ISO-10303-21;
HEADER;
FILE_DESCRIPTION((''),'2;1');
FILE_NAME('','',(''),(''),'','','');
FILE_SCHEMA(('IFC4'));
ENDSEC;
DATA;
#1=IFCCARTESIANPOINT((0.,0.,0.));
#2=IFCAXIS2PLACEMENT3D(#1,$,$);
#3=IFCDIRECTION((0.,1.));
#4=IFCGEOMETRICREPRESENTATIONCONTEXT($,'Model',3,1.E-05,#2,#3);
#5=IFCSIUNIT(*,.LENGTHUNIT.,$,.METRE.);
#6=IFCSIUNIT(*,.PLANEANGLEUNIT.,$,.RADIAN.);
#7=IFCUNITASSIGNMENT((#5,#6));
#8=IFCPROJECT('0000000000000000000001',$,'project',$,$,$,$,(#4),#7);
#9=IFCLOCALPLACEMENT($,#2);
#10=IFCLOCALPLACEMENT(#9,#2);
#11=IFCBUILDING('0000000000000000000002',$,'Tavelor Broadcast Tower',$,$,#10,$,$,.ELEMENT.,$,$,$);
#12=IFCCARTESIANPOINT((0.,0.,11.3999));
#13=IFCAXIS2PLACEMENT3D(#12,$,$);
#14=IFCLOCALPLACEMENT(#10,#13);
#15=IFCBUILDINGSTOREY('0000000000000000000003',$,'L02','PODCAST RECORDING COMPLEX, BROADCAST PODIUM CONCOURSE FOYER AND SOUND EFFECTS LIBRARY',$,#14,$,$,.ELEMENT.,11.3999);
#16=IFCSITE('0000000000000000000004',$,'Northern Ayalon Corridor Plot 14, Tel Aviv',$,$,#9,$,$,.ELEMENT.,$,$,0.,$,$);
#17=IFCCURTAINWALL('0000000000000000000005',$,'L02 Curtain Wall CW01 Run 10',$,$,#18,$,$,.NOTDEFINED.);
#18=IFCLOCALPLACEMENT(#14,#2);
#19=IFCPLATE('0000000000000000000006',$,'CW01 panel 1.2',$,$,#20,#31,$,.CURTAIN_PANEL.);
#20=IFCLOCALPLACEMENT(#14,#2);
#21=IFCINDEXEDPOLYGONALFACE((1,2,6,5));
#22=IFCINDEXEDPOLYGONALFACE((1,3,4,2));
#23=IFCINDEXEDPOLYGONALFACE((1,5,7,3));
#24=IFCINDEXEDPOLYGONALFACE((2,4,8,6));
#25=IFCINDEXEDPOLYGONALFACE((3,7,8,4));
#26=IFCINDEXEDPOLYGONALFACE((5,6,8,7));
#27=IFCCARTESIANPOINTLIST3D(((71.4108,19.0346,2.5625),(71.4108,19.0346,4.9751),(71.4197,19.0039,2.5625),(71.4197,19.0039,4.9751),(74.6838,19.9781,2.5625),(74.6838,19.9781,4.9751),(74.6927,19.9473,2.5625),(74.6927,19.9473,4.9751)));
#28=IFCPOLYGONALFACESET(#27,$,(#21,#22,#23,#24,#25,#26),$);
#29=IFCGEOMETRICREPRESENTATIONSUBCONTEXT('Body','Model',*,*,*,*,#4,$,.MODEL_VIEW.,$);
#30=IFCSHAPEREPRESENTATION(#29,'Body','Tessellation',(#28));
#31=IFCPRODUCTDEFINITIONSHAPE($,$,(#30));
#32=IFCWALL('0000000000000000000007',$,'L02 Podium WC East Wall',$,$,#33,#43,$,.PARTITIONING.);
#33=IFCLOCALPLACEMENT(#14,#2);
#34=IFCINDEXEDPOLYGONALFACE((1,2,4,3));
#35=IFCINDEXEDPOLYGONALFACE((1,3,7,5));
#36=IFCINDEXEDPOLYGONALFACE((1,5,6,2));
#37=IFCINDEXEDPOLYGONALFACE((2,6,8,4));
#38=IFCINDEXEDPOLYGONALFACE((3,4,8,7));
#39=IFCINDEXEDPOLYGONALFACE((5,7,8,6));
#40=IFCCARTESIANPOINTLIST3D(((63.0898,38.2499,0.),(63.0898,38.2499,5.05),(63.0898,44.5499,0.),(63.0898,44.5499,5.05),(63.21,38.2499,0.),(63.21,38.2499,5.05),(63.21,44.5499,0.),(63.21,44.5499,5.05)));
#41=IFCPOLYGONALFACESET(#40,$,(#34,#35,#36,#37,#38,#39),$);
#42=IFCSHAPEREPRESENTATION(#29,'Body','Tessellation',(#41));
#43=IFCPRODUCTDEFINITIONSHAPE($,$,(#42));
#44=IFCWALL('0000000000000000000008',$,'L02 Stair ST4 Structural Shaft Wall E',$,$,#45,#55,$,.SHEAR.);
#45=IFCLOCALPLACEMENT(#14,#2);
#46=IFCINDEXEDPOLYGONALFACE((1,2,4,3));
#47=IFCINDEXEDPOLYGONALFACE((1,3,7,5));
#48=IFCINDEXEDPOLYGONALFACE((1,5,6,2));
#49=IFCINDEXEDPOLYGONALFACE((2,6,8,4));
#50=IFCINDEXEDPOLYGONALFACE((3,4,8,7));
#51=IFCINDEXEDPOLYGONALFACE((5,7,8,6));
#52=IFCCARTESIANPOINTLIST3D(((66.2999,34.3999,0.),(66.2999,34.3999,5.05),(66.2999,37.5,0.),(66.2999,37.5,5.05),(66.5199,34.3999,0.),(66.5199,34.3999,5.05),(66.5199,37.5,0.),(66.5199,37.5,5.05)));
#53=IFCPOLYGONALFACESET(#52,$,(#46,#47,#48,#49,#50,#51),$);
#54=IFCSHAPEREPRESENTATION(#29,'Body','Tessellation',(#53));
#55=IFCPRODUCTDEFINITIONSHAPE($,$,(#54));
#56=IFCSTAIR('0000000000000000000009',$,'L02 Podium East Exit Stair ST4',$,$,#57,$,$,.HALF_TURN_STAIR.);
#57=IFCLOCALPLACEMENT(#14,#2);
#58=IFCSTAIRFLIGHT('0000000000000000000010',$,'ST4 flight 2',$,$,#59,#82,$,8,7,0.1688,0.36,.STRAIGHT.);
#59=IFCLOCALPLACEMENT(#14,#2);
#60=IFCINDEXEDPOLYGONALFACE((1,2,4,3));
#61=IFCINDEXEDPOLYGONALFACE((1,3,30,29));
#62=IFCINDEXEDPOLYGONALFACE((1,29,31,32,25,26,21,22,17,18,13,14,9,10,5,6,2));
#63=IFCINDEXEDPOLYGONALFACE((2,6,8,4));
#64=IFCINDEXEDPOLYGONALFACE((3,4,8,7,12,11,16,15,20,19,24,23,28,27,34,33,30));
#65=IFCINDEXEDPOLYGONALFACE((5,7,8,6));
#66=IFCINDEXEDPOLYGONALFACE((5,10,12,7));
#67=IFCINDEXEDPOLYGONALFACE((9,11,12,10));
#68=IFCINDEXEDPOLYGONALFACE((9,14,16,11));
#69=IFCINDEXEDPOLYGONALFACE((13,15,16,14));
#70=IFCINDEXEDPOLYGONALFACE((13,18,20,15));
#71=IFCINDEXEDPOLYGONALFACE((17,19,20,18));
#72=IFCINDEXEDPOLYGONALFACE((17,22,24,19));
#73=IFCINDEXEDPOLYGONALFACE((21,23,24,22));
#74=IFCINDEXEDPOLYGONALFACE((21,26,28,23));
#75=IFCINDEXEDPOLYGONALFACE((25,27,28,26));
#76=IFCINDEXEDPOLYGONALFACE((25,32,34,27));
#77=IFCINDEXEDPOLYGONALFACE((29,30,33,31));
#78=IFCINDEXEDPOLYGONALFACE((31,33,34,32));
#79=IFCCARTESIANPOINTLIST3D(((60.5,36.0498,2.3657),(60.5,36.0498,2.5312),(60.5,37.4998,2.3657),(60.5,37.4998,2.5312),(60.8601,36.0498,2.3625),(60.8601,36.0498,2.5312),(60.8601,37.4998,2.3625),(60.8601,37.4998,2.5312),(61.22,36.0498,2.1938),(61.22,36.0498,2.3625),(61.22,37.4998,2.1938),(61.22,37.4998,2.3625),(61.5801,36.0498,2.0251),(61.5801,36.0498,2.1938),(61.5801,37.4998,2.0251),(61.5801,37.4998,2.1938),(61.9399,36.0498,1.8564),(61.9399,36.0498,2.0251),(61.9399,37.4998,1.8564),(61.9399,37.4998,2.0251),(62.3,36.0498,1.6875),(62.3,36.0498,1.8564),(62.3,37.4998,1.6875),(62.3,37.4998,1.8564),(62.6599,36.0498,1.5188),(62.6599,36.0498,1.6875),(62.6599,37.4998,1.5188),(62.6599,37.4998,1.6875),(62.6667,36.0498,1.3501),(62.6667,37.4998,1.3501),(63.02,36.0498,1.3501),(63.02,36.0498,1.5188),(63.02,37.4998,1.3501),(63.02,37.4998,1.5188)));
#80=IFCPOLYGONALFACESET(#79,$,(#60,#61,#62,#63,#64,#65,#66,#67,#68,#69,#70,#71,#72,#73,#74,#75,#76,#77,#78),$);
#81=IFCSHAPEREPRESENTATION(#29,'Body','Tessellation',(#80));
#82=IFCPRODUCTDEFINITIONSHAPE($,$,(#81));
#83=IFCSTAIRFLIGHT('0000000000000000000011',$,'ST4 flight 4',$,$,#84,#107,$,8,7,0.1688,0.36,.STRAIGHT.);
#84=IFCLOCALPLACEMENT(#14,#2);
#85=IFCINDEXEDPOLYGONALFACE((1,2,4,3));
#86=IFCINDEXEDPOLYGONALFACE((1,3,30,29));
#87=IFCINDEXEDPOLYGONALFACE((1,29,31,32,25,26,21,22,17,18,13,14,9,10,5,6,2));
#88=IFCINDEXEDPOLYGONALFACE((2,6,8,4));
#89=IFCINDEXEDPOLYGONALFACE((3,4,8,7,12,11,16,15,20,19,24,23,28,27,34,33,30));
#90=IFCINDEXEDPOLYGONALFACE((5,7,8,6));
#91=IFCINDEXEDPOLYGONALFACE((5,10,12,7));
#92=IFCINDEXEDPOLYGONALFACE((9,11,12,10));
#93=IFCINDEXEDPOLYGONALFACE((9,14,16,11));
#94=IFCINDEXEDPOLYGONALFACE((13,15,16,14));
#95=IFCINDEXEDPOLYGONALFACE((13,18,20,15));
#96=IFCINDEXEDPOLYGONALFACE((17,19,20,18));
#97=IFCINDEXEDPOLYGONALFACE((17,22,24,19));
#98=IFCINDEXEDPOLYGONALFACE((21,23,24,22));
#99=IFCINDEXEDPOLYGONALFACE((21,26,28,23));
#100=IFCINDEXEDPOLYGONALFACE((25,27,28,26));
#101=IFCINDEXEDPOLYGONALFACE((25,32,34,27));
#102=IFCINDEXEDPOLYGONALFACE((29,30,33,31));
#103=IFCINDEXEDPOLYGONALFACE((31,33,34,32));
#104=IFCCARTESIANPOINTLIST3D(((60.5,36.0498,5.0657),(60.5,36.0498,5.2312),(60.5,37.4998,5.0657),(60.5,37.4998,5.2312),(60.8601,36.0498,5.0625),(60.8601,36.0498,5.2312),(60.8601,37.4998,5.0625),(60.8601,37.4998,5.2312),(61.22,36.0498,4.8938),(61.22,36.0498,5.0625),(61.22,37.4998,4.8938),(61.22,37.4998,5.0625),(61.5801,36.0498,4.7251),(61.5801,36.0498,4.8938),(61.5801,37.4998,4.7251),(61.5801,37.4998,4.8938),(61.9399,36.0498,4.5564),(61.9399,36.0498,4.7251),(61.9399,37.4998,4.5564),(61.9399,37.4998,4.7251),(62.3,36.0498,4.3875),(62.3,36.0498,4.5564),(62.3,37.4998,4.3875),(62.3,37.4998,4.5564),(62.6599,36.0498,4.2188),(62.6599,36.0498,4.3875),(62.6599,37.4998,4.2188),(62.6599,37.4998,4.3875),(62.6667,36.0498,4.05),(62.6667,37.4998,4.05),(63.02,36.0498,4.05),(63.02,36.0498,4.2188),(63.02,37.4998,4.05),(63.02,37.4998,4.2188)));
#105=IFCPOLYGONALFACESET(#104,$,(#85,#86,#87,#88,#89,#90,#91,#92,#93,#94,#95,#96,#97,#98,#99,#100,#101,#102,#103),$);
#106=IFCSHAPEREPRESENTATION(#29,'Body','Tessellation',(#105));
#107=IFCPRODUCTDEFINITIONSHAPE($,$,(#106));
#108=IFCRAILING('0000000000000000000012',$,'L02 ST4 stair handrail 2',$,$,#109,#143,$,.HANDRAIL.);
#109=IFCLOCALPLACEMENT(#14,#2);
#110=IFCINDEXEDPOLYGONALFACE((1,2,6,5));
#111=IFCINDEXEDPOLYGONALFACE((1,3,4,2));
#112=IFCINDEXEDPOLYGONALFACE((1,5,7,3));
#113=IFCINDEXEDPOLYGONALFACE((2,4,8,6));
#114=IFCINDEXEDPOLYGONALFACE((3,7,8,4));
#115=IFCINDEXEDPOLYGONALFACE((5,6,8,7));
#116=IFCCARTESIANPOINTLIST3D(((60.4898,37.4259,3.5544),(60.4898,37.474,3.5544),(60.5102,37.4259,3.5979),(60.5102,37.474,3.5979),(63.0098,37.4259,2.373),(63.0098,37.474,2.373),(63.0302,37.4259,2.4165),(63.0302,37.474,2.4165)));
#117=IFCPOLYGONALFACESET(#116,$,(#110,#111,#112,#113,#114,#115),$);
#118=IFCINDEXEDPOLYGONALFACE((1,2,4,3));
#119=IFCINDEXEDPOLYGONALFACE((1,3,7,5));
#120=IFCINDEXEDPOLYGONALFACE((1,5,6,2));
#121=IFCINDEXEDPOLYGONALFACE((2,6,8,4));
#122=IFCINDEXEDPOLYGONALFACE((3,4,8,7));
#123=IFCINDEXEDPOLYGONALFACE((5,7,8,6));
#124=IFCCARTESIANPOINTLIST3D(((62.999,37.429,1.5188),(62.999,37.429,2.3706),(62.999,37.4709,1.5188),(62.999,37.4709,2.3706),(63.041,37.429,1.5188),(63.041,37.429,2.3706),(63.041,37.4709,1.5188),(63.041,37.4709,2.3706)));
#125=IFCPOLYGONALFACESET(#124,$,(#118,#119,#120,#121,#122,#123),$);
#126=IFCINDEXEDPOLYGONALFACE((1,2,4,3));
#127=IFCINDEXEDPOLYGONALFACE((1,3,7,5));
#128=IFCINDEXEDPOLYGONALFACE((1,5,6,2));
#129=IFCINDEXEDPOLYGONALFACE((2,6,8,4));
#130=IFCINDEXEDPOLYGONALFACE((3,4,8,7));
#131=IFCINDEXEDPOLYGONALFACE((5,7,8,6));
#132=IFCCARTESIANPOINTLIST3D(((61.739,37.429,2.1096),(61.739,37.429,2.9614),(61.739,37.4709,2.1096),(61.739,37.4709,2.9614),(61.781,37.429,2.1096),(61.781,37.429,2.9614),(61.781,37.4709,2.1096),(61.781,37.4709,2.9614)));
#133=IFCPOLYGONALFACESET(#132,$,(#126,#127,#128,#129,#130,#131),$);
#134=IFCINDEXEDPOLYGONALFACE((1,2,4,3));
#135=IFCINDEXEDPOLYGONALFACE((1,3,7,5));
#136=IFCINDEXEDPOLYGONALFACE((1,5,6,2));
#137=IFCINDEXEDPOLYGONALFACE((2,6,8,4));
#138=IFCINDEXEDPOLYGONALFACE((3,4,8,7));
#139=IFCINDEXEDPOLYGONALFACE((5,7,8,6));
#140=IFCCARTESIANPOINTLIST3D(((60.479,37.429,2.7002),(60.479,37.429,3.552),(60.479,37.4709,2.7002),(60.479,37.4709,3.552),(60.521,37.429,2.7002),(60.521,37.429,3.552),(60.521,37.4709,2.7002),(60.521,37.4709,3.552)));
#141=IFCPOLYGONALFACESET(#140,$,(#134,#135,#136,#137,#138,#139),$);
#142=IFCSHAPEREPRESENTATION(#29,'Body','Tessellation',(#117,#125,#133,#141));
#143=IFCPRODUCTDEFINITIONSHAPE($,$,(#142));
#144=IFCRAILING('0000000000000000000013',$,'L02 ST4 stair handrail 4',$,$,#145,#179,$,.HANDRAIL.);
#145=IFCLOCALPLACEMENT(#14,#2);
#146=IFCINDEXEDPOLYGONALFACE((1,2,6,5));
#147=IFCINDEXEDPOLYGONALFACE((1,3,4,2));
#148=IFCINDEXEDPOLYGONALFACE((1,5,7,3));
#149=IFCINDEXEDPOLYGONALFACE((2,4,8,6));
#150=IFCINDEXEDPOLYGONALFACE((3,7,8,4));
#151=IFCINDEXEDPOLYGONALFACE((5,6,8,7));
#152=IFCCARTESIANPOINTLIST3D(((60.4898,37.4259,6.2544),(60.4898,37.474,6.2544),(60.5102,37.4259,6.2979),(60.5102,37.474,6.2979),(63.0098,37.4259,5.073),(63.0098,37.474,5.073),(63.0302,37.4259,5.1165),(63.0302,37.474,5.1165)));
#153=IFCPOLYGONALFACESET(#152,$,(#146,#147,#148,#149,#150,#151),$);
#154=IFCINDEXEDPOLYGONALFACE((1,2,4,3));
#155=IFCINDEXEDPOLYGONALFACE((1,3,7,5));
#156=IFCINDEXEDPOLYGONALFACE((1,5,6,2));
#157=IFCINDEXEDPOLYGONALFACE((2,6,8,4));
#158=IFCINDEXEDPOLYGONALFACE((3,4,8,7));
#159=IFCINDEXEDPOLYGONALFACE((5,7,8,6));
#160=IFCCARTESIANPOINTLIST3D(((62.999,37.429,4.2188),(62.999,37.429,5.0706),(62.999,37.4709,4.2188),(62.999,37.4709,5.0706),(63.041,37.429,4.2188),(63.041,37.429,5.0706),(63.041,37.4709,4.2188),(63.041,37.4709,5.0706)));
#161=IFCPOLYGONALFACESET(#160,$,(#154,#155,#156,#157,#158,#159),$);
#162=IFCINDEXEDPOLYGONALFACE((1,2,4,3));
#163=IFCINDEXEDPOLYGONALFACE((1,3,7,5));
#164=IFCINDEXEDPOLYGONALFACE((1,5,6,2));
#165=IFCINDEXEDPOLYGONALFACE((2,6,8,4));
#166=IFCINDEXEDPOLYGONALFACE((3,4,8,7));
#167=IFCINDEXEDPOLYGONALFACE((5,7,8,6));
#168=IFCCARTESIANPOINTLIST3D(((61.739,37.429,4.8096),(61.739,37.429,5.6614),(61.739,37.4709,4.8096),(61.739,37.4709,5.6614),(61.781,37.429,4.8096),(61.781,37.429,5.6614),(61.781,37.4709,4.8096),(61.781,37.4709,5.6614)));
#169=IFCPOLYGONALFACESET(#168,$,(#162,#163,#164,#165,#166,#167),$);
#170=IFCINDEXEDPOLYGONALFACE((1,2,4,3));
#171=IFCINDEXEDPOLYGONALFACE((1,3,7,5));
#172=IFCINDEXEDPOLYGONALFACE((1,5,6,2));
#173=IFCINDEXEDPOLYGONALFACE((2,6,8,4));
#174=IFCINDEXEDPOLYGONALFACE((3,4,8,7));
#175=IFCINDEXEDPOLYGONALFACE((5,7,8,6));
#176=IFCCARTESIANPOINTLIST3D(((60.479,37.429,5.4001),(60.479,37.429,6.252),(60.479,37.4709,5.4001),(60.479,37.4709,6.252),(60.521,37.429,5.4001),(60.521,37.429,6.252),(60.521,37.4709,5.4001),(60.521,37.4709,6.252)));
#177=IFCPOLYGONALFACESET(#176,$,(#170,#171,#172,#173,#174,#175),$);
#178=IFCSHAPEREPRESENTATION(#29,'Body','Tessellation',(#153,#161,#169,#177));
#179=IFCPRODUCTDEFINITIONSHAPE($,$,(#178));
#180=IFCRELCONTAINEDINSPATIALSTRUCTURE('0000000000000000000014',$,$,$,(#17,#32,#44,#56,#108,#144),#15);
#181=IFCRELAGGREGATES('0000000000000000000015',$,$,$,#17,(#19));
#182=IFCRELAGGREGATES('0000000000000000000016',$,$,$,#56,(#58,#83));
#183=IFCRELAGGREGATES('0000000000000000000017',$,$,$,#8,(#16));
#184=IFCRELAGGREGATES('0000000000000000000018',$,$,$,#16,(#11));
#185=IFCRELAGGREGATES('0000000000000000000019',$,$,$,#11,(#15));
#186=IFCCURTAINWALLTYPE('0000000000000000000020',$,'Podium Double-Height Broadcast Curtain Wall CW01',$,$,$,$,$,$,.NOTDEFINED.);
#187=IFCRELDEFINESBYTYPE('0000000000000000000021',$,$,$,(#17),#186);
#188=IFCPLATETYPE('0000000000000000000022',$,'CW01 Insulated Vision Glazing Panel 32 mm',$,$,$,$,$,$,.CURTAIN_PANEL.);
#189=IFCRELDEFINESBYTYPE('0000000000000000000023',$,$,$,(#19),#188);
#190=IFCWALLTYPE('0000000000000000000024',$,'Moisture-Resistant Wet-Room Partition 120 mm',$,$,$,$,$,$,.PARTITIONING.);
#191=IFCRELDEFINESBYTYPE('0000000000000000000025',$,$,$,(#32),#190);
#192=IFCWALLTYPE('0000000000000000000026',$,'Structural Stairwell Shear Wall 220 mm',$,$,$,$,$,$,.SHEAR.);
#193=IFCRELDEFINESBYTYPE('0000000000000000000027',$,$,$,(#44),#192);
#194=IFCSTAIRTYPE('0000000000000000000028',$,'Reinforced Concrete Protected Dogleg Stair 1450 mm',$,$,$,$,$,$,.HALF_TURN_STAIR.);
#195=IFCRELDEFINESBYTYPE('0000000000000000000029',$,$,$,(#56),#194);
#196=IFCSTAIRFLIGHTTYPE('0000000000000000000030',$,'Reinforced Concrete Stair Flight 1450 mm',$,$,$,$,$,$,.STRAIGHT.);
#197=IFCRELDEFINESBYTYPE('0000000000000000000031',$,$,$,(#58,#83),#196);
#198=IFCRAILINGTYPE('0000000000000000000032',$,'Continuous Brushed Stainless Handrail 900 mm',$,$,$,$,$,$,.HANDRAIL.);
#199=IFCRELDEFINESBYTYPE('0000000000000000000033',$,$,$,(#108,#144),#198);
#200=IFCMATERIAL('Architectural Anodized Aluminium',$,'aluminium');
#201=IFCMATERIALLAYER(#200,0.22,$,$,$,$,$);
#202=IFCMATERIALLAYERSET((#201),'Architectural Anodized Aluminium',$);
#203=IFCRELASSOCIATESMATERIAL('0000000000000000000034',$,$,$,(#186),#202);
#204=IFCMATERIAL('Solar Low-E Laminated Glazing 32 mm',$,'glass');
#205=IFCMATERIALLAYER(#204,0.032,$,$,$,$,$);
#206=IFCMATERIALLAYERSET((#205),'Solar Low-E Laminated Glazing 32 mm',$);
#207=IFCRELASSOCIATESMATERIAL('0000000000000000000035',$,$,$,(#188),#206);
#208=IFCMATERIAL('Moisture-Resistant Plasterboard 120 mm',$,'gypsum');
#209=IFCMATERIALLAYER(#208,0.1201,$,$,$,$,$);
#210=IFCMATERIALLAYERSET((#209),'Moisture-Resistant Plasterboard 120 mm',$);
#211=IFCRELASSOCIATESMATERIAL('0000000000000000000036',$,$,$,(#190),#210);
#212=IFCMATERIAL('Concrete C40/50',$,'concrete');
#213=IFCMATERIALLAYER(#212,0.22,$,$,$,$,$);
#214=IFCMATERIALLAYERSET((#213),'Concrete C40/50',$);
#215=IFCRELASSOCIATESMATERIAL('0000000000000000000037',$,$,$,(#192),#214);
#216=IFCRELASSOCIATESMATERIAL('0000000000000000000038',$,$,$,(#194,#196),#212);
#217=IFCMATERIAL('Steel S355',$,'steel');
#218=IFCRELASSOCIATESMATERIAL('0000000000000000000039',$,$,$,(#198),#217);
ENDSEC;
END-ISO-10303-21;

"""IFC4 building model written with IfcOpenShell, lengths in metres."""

from ifc_helpers import new_model, si_unit, direction, frame, frame_2d, origin, origin_2d, place, context, subcontext, project, spatial, polyline, rectangle, outline, extrude, source, transform, mapped, material, layer, layer_set, type_object, type_shapes, element, aggregate, save


model = new_model("IFC4")

# Units and contexts
model_context = context("Model", 3, precision=1e-05, world=origin(), true_north=direction((0.0, 1.0)))
body_context = subcontext(model_context, "Body", "Model", "MODEL_VIEW")
ifc_project = project(units=[si_unit("LENGTHUNIT", "METRE"), si_unit("PLANEANGLEUNIT", "RADIAN")], contexts=[model_context])

# Site, building, storey
site_placement = place(None, origin())
site = spatial("IfcSite", under=ifc_project, at=site_placement, Name="Northern Ayalon Corridor Plot 14, Tel Aviv", CompositionType="ELEMENT", RefElevation=0.0)
building_placement = place(site_placement, origin())
building = spatial("IfcBuilding", under=site, at=building_placement, Name="Tavelor Broadcast Tower", CompositionType="ELEMENT")
storey_placement = place(building_placement, frame((0.0, 0.0, 11.3999)))
storey = spatial("IfcBuildingStorey", under=building, at=storey_placement, Name="L02", Description="PODCAST RECORDING COMPLEX, BROADCAST PODIUM CONCOURSE FOYER AND SOUND EFFECTS LIBRARY", CompositionType="ELEMENT", Elevation=11.3999)

# Shared definitions
ifc_material_1 = material(Name="Steel S355", Category="steel")

# Curtain wall
ifc_material_2 = material(Name="Architectural Anodized Aluminium", Category="aluminium")
ifc_layer_1 = layer(ifc_material_2, 0.22)
ifc_layer_set_1 = layer_set([ifc_layer_1], Name="Architectural Anodized Aluminium")
curtain_wall_type = type_object("IfcCurtainWallType", Name="Podium Double-Height Broadcast Curtain Wall CW01", PredefinedType="NOTDEFINED", material=ifc_layer_set_1)
curtain_wall_placement = place(storey_placement, origin())
curtain_wall = element("IfcCurtainWall", 1, at=curtain_wall_placement, inside=storey, type_object=curtain_wall_type, Name="L02 Curtain Wall CW01 Run 10", PredefinedType="NOTDEFINED")

# Plate
ifc_material_3 = material(Name="Solar Low-E Laminated Glazing 32 mm", Category="glass")
ifc_layer_2 = layer(ifc_material_3, 0.032)
ifc_layer_set_2 = layer_set([ifc_layer_2], Name="Solar Low-E Laminated Glazing 32 mm")
plate_type_1 = type_object("IfcPlateType", Name="CW01 Insulated Vision Glazing Panel 32 mm", PredefinedType="CURTAIN_PANEL", material=ifc_layer_set_2)
shared_shape_1 = source(origin(), body_context, "Body", "SweptSolid", [
    extrude(rectangle(XDim=3.4062, YDim=0.032, at=origin_2d()), origin(), (0.0, 0.0, 1.0), 2.4126),
])
type_shapes(plate_type_1, [shared_shape_1])
plate_1_placement = place(storey_placement, frame((73.0518, 19.491, 2.5625), z_axis=(0.0, 0.0, 1.0), x_axis=(0.960876, 0.276977, 0.0)))
plate_1 = element("IfcPlate", 2, at=plate_1_placement, type_object=plate_type_1, Name="CW01 panel 1.2", PredefinedType="CURTAIN_PANEL", context=body_context, shape_type="MappedRepresentation", body=[
    mapped(shared_shape_1, transform((0.0, 0.0, 0.0), scale=1.0)),
])
aggregate(curtain_wall, [plate_1])

# Walls
ifc_material_4 = material(Name="Moisture-Resistant Plasterboard 120 mm", Category="gypsum")
ifc_layer_3 = layer(ifc_material_4, 0.1201)
ifc_layer_set_3 = layer_set([ifc_layer_3], Name="Moisture-Resistant Plasterboard 120 mm")
wall_type_1 = type_object("IfcWallType", Name="Moisture-Resistant Wet-Room Partition 120 mm", PredefinedType="PARTITIONING", material=ifc_layer_set_3)
wall_1_placement = place(storey_placement, frame((63.1499, 38.25, 0.0), z_axis=(0.0, 0.0, 1.0), x_axis=(0.0, 1.0, 0.0)))
element("IfcWall", 3, at=wall_1_placement, inside=storey, type_object=wall_type_1, Name="L02 Podium WC East Wall", PredefinedType="PARTITIONING", context=body_context, shape_type="SweptSolid", body=[
    extrude(rectangle(XDim=6.3, YDim=0.1201, at=frame_2d((3.1499, 0.0))), origin(), (0.0, 0.0, 1.0), 5.05),
])
ifc_material_5 = material(Name="Concrete C40/50", Category="concrete")
ifc_layer_4 = layer(ifc_material_5, 0.22)
ifc_layer_set_4 = layer_set([ifc_layer_4], Name="Concrete C40/50")
wall_type_2 = type_object("IfcWallType", Name="Structural Stairwell Shear Wall 220 mm", PredefinedType="SHEAR", material=ifc_layer_set_4)
wall_2_placement = place(storey_placement, frame((66.4099, 34.3999, 0.0), z_axis=(0.0, 0.0, 1.0), x_axis=(0.0, 1.0, 0.0)))
element("IfcWall", 4, at=wall_2_placement, inside=storey, type_object=wall_type_2, Name="L02 Stair ST4 Structural Shaft Wall E", PredefinedType="SHEAR", context=body_context, shape_type="SweptSolid", body=[
    extrude(rectangle(XDim=3.1001, YDim=0.22, at=frame_2d((1.55, 0.0))), origin(), (0.0, 0.0, 1.0), 5.05),
])

# Stair, stair flights
stair_type = type_object("IfcStairType", Name="Reinforced Concrete Protected Dogleg Stair 1450 mm", PredefinedType="HALF_TURN_STAIR", material=ifc_material_5)
stair_placement = place(storey_placement, origin())
stair = element("IfcStair", 5, at=stair_placement, inside=storey, type_object=stair_type, Name="L02 Podium East Exit Stair ST4", PredefinedType="HALF_TURN_STAIR")
stair_flight_type = type_object("IfcStairFlightType", Name="Reinforced Concrete Stair Flight 1450 mm", PredefinedType="STRAIGHT", material=ifc_material_5)
stair_flight_1_placement = place(storey_placement, frame((63.02, 36.7749, 1.3501), z_axis=(0.0, 0.0, 1.0), x_axis=(-1.0, 0.0, 0.0)))
stair_flight_1 = element("IfcStairFlight", 6, at=stair_flight_1_placement, type_object=stair_flight_type, Name="ST4 flight 2", NumberOfRisers=8, NumberOfTreads=7, PredefinedType="STRAIGHT", RiserHeight=0.1688, TreadLength=0.36, context=body_context, shape_type="SweptSolid", body=[
    extrude(outline(polyline([(0.0, 0.0), (0.0, 0.1687), (0.3601, 0.1687), (0.3601, 0.3374), (0.72, 0.3374), (0.72, 0.5063), (1.0801, 0.5063), (1.0801, 0.675), (1.4399, 0.675), (1.4399, 0.8438), (1.8, 0.8438), (1.8, 1.0125), (2.1599, 1.0125), (2.1599, 1.1812), (2.52, 1.1812), (2.52, 1.3501), (2.52, 1.0156), (0.3533, 0.0), (0.0, 0.0)])), frame((0.0, 0.7251, 0.0), z_axis=(0.0, -1.0, 0.0), x_axis=(1.0, 0.0, 0.0)), (0.0, 0.0, 1.0), 1.45),
])
stair_flight_2_placement = place(storey_placement, frame((63.02, 36.7749, 4.05), z_axis=(0.0, 0.0, 1.0), x_axis=(-1.0, 0.0, 0.0)))
stair_flight_2 = element("IfcStairFlight", 7, at=stair_flight_2_placement, type_object=stair_flight_type, Name="ST4 flight 4", NumberOfRisers=8, NumberOfTreads=7, PredefinedType="STRAIGHT", RiserHeight=0.1688, TreadLength=0.36, context=body_context, shape_type="SweptSolid", body=[
    extrude(outline(polyline([(0.0, 0.0), (0.0, 0.1687), (0.3601, 0.1687), (0.3601, 0.3374), (0.72, 0.3374), (0.72, 0.5063), (1.0801, 0.5063), (1.0801, 0.675), (1.4399, 0.675), (1.4399, 0.8438), (1.8, 0.8438), (1.8, 1.0125), (2.1599, 1.0125), (2.1599, 1.1812), (2.52, 1.1812), (2.52, 1.3501), (2.52, 1.0156), (0.3533, 0.0), (0.0, 0.0)])), frame((0.0, 0.7251, 0.0), z_axis=(0.0, -1.0, 0.0), x_axis=(1.0, 0.0, 0.0)), (0.0, 0.0, 1.0), 1.45),
])
aggregate(stair, [stair_flight_1, stair_flight_2])

# Railings
railing_type_1 = type_object("IfcRailingType", Name="Continuous Brushed Stainless Handrail 900 mm", PredefinedType="HANDRAIL", material=ifc_material_1)
for number, where, name in (
    (8, (63.02, 37.45, 1.5188), "L02 ST4 stair handrail 2"),
    (9, (63.02, 37.45, 4.2188), "L02 ST4 stair handrail 4"),
):
    element("IfcRailing", number, at=place(storey_placement, frame(where)), inside=storey, type_object=railing_type_1, Name=name, PredefinedType="HANDRAIL", context=body_context, shape_type="SweptSolid", body=[
        extrude(rectangle(XDim=0.0481, YDim=0.0481, at=origin_2d()), frame((0.0, 0.0, 0.876), z_axis=(-0.90544, 0.0, 0.424474), x_axis=(0.0, -1.0, 0.0)), (0.0, 0.0, 1.0), 2.7832),
        extrude(rectangle(XDim=0.042, YDim=0.042, at=origin_2d()), origin(), (0.0, 0.0, 1.0), 0.8518),
        extrude(rectangle(XDim=0.042, YDim=0.042, at=origin_2d()), frame((-1.26, 0.0, 0.5908)), (0.0, 0.0, 1.0), 0.8518),
        extrude(rectangle(XDim=0.042, YDim=0.042, at=origin_2d()), frame((-2.52, 0.0, 1.1814)), (0.0, 0.0, 1.0), 0.8518),
    ])

save(model, "model.ifc")
